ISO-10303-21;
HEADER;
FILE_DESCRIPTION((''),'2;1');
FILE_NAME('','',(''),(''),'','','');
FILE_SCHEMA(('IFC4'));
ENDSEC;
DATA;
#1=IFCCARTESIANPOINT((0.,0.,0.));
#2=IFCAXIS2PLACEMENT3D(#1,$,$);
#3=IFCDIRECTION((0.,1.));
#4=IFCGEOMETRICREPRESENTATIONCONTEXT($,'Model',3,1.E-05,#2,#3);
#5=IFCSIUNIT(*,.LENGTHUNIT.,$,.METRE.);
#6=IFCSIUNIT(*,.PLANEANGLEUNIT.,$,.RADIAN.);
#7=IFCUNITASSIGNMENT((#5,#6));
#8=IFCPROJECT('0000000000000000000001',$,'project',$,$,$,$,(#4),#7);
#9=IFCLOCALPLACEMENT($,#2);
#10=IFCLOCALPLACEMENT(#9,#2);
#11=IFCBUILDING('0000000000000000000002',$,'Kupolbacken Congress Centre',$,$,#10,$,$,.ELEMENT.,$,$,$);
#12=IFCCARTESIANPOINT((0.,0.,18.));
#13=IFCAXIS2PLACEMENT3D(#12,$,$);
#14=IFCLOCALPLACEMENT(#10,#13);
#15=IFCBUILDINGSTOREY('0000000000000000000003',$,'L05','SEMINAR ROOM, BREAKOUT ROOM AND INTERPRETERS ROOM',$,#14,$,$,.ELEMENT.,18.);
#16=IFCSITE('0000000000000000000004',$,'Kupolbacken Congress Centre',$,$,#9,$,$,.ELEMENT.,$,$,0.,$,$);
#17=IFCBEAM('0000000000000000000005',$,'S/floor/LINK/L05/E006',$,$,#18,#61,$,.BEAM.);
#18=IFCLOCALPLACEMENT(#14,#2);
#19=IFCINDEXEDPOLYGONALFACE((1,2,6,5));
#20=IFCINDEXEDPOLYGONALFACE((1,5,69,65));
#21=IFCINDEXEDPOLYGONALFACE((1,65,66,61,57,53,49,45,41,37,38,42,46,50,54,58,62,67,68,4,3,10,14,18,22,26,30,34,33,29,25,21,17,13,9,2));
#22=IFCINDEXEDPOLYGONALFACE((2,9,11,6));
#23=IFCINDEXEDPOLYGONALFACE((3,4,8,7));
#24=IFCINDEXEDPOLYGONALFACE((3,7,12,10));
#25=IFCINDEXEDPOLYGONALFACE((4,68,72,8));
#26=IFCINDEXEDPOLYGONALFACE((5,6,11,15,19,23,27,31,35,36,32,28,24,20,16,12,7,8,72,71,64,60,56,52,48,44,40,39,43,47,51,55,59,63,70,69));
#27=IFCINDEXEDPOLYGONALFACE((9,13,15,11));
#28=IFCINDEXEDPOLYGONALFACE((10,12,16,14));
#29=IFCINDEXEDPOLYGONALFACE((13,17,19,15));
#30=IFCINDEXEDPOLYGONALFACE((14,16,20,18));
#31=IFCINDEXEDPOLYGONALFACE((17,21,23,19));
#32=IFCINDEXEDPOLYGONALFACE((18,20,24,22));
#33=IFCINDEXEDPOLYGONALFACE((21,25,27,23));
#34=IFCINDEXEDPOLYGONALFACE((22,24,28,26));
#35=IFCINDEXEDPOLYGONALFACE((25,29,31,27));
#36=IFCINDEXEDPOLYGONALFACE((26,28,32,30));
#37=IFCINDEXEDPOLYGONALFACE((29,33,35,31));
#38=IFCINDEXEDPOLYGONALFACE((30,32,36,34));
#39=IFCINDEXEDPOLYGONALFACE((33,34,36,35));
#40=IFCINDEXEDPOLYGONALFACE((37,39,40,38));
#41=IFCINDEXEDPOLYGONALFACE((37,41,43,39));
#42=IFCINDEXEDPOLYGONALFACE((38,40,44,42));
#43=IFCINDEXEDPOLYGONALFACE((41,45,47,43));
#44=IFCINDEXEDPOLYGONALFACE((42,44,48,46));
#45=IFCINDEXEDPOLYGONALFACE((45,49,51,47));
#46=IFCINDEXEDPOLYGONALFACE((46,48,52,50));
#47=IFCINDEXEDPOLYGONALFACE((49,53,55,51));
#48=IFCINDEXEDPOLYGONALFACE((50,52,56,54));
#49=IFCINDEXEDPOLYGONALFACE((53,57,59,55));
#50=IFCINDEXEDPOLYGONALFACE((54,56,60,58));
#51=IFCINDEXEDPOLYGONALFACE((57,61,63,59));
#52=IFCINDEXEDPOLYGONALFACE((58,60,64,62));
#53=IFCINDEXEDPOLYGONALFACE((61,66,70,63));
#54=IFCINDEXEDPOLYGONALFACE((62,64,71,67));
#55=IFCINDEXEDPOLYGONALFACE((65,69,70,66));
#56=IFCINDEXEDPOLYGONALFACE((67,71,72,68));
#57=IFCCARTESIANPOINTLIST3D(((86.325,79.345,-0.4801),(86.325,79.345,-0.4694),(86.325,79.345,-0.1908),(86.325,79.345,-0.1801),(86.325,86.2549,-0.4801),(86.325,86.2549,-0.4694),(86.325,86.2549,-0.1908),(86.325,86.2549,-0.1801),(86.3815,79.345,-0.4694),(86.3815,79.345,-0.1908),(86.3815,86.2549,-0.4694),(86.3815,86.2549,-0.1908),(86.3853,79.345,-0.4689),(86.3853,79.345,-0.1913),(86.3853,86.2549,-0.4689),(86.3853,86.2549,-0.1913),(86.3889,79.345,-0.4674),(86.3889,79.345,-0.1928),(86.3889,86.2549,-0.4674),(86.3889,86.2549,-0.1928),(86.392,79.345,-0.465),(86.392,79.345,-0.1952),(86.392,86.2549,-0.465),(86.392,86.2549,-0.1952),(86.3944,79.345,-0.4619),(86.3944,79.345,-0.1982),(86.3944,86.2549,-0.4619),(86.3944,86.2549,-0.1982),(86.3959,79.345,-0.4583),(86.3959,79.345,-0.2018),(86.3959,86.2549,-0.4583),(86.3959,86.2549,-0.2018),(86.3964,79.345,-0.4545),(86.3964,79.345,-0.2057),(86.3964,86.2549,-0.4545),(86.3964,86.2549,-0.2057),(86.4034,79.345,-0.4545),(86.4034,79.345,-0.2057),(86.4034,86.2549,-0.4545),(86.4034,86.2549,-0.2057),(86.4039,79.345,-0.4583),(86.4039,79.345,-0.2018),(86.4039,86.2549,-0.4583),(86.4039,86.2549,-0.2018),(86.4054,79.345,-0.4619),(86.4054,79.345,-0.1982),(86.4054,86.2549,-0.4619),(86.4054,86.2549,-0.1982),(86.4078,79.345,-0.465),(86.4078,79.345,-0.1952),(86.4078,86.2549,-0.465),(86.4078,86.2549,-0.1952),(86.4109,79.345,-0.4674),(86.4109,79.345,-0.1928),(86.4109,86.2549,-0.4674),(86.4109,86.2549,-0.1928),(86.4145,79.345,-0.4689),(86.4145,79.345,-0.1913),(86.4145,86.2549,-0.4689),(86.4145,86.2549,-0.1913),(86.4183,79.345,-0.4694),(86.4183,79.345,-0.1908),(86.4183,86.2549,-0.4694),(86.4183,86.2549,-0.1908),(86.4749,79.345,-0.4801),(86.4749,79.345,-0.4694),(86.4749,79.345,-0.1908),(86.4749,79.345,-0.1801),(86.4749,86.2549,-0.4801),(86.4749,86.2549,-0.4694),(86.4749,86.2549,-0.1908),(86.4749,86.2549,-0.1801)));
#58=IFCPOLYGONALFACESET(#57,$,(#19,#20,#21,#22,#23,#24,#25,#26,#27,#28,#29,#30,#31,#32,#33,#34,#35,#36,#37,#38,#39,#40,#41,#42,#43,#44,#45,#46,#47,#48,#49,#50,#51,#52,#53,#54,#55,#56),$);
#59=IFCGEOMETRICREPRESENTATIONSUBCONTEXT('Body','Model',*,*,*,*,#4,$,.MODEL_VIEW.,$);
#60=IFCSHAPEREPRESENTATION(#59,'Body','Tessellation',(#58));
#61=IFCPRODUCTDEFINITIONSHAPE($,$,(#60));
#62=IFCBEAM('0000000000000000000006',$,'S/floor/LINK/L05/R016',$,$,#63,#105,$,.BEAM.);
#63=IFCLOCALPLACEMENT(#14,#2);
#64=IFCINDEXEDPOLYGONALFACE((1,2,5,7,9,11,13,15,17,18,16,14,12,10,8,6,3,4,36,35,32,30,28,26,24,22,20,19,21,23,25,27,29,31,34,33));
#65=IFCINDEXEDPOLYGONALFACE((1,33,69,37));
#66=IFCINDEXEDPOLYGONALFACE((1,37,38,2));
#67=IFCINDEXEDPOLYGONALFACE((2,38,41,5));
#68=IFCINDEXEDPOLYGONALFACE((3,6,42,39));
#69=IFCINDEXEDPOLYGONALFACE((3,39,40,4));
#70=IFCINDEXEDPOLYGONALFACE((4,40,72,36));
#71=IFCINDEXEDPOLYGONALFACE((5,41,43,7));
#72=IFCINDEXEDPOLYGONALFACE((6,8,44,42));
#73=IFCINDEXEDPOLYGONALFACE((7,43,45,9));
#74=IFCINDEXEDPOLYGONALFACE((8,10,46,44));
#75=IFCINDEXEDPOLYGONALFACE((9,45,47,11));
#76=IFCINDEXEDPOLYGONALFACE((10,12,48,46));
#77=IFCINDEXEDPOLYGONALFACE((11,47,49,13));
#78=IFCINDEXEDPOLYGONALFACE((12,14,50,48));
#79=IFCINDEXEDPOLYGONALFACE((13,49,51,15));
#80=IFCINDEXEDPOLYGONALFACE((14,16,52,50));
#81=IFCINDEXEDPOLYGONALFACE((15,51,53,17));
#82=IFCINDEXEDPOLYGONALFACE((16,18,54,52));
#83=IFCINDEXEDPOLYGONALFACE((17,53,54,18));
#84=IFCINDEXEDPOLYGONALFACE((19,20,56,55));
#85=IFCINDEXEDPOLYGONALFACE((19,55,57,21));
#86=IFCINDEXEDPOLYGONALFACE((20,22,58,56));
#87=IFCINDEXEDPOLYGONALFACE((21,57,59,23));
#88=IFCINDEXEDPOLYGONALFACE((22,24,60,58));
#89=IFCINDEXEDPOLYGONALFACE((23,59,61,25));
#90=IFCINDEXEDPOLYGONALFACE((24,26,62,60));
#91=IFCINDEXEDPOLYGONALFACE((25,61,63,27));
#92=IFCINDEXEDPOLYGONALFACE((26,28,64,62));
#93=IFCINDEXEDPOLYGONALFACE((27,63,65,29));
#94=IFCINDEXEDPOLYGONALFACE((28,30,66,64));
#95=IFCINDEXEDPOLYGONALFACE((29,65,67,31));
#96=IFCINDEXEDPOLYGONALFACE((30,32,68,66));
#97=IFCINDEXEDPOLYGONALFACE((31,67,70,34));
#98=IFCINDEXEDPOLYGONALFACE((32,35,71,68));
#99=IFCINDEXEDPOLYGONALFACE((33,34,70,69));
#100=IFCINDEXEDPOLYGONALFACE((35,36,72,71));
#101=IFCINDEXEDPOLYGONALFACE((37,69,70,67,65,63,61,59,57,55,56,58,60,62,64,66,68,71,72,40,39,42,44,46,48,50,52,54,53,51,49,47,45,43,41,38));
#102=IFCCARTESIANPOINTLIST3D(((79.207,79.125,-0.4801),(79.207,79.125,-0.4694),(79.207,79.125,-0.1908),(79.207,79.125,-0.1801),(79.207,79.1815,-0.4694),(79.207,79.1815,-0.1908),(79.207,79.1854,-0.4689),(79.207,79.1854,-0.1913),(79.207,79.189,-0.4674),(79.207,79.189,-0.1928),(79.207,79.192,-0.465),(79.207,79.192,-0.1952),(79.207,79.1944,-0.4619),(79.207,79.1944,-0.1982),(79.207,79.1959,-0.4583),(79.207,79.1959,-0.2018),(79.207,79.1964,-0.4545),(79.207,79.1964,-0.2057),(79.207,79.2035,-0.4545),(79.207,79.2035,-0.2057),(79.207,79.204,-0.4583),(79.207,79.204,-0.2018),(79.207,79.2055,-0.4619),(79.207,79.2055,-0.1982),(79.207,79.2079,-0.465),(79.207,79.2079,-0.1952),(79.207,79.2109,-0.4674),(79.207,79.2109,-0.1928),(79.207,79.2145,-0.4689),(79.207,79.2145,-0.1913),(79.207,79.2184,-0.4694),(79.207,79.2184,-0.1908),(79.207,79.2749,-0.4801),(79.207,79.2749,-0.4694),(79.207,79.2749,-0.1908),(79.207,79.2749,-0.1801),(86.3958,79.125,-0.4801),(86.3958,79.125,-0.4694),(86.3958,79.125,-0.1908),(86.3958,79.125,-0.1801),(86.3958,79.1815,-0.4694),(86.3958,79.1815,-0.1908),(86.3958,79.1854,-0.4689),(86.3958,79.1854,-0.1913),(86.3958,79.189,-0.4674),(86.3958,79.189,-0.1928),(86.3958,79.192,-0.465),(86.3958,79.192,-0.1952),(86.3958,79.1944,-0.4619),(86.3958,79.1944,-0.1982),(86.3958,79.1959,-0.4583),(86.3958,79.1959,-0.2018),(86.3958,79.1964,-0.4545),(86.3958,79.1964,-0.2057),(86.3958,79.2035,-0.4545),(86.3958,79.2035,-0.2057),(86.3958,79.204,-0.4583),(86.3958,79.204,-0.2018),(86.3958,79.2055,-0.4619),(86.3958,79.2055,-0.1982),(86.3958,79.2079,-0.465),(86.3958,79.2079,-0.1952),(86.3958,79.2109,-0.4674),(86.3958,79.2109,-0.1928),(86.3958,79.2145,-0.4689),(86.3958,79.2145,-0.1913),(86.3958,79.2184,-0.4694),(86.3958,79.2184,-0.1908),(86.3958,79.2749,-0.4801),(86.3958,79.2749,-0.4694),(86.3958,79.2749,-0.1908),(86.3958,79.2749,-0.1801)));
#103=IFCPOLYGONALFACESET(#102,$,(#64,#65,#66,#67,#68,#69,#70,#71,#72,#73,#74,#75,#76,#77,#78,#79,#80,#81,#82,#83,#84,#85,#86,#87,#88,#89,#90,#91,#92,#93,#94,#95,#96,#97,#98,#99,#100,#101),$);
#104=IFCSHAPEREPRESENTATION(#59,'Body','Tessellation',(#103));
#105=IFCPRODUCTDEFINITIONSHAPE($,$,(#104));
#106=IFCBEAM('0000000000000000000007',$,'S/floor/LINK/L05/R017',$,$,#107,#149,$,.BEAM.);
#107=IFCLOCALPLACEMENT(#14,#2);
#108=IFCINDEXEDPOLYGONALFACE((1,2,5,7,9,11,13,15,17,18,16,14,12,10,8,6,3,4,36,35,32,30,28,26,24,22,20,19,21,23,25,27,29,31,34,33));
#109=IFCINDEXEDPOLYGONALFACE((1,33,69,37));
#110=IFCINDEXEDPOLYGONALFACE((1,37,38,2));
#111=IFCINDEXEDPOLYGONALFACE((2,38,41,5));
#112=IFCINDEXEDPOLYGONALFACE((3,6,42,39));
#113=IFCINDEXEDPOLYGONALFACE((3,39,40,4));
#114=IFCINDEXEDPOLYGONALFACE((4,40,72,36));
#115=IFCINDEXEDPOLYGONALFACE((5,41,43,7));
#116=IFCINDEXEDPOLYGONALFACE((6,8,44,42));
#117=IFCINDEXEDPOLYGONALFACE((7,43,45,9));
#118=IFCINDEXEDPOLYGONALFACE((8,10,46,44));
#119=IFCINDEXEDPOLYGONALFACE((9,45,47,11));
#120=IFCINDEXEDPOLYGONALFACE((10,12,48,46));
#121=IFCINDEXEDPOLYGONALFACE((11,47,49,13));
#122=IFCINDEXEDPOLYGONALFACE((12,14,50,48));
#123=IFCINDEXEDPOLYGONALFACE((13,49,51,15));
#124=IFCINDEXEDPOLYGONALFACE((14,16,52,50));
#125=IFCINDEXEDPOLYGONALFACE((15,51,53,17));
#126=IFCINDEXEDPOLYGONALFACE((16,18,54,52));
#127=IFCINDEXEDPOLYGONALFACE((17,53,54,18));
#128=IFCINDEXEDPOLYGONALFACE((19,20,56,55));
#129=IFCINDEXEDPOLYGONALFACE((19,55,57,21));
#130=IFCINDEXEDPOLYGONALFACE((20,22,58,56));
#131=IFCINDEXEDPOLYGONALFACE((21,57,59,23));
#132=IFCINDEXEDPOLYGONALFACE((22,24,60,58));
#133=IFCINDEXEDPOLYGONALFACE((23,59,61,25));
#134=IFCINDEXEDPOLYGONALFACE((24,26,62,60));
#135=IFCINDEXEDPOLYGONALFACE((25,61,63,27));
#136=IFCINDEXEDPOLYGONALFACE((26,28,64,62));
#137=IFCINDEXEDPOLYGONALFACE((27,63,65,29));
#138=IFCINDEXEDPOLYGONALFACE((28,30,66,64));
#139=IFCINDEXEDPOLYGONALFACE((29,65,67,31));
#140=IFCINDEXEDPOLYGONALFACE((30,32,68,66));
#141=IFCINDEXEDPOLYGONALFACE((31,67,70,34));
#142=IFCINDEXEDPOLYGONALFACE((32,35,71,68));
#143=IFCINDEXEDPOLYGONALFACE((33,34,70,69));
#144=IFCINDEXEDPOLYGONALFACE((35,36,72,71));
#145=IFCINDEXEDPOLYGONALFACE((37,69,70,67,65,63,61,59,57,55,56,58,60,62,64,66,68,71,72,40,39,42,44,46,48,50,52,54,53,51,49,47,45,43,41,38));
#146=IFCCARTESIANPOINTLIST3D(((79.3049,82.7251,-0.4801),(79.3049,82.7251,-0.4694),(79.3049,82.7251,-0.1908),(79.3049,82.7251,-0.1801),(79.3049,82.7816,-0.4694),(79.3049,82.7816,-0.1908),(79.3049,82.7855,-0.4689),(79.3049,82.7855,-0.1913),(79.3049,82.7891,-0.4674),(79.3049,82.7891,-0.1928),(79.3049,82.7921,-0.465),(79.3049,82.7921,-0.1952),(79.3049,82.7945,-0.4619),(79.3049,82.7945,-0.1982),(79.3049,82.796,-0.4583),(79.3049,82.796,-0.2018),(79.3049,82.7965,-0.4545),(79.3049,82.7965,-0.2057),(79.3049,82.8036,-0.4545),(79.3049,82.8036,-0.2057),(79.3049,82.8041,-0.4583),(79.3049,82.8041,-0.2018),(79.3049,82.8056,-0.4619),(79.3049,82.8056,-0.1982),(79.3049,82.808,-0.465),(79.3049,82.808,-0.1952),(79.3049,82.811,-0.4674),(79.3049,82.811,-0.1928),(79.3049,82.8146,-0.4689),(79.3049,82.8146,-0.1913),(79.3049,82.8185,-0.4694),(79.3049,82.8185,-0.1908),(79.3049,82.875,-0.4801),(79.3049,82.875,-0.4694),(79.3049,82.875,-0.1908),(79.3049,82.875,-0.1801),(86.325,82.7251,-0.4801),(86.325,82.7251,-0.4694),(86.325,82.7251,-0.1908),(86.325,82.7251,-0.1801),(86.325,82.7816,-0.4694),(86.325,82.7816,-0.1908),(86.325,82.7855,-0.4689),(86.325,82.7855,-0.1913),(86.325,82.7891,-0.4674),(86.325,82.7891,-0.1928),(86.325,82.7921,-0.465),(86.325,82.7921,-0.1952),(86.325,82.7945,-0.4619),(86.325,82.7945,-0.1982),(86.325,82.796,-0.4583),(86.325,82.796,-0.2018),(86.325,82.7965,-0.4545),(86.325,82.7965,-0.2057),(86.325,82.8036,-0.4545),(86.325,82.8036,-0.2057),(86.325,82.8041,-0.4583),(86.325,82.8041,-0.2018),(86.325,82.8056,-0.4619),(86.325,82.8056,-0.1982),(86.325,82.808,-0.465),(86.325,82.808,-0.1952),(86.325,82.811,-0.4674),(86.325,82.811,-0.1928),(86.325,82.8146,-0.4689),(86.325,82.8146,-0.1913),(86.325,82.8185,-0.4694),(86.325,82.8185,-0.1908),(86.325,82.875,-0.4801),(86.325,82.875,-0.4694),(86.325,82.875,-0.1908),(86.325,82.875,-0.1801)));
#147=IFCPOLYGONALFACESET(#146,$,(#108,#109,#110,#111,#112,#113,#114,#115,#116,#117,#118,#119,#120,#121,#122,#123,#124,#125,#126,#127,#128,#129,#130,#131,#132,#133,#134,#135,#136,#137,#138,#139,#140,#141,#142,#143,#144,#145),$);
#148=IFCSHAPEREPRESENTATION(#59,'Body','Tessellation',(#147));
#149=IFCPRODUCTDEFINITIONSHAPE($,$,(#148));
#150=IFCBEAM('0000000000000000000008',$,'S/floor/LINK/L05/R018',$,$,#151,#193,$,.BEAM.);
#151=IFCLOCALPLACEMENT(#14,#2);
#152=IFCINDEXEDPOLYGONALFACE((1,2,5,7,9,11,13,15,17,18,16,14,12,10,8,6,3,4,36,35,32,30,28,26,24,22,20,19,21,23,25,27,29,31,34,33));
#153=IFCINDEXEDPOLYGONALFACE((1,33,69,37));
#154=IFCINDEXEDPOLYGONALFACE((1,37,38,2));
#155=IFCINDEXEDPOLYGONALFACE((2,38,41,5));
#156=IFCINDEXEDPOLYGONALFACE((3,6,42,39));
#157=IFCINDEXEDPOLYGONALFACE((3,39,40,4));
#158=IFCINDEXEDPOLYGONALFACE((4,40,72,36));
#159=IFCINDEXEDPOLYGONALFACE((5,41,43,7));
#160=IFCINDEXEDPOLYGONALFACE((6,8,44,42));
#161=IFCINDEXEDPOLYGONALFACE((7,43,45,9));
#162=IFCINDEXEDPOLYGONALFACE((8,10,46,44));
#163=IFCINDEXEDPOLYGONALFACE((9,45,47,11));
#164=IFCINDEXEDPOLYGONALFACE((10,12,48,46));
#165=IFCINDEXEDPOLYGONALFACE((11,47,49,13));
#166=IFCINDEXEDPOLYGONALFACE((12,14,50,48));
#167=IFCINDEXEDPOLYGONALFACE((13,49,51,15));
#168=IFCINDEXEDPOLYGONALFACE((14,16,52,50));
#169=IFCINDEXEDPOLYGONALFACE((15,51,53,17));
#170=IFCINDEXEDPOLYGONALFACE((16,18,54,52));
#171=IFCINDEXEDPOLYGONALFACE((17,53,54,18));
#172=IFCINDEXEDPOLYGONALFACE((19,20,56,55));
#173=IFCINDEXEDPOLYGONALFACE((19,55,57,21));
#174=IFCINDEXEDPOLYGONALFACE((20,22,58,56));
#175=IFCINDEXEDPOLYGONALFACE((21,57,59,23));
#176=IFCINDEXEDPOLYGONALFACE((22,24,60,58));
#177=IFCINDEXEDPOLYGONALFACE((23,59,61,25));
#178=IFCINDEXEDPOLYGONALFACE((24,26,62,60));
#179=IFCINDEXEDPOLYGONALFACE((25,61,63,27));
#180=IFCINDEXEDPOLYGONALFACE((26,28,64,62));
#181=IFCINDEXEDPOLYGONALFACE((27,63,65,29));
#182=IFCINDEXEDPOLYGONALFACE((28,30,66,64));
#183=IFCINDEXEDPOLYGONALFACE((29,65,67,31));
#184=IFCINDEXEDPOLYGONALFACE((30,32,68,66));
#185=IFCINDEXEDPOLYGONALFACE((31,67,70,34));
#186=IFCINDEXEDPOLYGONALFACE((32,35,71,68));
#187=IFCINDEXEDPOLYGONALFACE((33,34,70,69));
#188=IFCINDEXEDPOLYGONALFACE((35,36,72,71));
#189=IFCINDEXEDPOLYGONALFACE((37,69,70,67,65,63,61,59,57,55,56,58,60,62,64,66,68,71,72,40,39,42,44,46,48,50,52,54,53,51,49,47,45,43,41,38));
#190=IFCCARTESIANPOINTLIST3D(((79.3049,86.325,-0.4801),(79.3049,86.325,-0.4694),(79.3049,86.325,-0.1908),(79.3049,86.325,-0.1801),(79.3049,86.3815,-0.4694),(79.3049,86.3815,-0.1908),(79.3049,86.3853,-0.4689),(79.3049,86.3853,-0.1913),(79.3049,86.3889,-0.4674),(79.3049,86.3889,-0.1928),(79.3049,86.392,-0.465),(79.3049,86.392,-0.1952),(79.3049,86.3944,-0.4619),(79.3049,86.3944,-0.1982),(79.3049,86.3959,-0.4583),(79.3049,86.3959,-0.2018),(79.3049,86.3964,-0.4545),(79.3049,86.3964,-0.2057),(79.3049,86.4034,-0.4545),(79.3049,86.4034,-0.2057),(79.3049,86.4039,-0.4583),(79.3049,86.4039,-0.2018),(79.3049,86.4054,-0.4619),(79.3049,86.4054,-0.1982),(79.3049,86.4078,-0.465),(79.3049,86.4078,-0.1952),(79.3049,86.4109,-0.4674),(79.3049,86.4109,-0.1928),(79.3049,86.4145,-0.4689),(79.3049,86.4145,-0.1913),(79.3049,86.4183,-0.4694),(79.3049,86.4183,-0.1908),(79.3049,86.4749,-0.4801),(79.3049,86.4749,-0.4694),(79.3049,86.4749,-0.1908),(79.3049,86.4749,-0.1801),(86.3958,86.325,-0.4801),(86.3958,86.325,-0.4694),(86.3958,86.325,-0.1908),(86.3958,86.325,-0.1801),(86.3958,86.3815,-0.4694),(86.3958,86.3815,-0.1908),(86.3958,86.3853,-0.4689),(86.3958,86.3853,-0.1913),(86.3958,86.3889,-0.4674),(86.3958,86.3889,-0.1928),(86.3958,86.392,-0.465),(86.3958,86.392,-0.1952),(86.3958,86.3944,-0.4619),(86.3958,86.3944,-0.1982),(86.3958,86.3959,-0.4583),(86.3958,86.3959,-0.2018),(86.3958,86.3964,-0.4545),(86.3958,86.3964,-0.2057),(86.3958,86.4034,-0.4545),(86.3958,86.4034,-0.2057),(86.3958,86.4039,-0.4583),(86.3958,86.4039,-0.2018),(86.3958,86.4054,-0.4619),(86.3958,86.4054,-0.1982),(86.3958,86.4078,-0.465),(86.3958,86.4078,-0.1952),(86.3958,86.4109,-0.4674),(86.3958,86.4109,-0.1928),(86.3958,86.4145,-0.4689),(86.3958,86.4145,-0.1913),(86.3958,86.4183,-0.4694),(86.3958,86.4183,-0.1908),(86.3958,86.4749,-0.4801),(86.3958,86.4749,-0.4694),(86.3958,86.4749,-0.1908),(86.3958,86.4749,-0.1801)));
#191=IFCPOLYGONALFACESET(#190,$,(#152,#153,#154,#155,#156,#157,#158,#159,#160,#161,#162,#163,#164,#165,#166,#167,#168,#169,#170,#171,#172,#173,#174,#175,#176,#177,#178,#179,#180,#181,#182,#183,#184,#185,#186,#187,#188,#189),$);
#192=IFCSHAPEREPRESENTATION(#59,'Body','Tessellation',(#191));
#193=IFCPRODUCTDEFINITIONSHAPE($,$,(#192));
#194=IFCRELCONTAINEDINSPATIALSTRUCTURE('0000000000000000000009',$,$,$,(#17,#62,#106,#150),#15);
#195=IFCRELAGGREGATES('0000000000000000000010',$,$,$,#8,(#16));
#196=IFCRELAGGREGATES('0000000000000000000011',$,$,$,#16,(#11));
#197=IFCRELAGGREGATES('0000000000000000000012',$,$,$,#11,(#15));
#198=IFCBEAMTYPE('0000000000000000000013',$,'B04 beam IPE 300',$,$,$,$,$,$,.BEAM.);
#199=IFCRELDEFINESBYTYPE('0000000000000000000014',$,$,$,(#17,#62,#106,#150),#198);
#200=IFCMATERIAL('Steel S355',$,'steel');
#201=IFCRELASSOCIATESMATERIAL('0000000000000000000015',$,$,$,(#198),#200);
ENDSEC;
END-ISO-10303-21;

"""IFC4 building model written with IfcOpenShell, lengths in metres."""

from ifc_helpers import new_model, si_unit, direction, frame, origin, origin_2d, place, context, subcontext, project, spatial, i_section, extrude, material, material_profile, profile_set, type_object, element, save


model = new_model("IFC4")

# Units and contexts
model_context = context("Model", 3, precision=1e-05, world=origin(), true_north=direction((0.0, 1.0)))
body_context = subcontext(model_context, "Body", "Model", "MODEL_VIEW")
ifc_project = project(units=[si_unit("LENGTHUNIT", "METRE"), si_unit("PLANEANGLEUNIT", "RADIAN")], contexts=[model_context])

# Site, building, storey
site_placement = place(None, origin())
site = spatial("IfcSite", under=ifc_project, at=site_placement, Name="Kupolbacken Congress Centre", CompositionType="ELEMENT", RefElevation=0.0)
building_placement = place(site_placement, origin())
building = spatial("IfcBuilding", under=site, at=building_placement, Name="Kupolbacken Congress Centre", CompositionType="ELEMENT")
storey_placement = place(building_placement, frame((0.0, 0.0, 18.0)))
storey = spatial("IfcBuildingStorey", under=building, at=storey_placement, Name="L05", Description="SEMINAR ROOM, BREAKOUT ROOM AND INTERPRETERS ROOM", CompositionType="ELEMENT", Elevation=18.0)

# Beams
ifc_material_1 = material(Name="Steel S355", Category="steel")
ifc_material_profile_1 = material_profile(ifc_material_1, i_section(OverallWidth=0.1499, OverallDepth=0.3, WebThickness=0.0071, FlangeThickness=0.0107, FilletRadius=0.0149, at=origin_2d()), Name="IPE 300")
ifc_profile_set_1 = profile_set([ifc_material_profile_1], Name="Steel S355")
beam_type_1 = type_object("IfcBeamType", Name="B04 beam IPE 300", PredefinedType="BEAM", material=ifc_profile_set_1)
beam_1_placement = place(storey_placement, frame((86.3999, 79.345, -0.3301), z_axis=(0.0, 1.0, 0.0), x_axis=(-1.0, 0.0, 0.0)))
element("IfcBeam", 1, at=beam_1_placement, inside=storey, type_object=beam_type_1, Name="S/floor/LINK/L05/E006", PredefinedType="BEAM", context=body_context, shape_type="SweptSolid", body=[
    extrude(i_section(OverallWidth=0.1499, OverallDepth=0.3, WebThickness=0.0071, FlangeThickness=0.0107, FilletRadius=0.0149, at=origin_2d()), origin(), (0.0, 0.0, 1.0), 6.9099),
])
beam_2_placement = place(storey_placement, frame((79.207, 79.2, -0.3301), z_axis=(1.0, 0.0, 0.0), x_axis=(0.0, 1.0, 0.0)))
element("IfcBeam", 2, at=beam_2_placement, inside=storey, type_object=beam_type_1, Name="S/floor/LINK/L05/R016", PredefinedType="BEAM", context=body_context, shape_type="SweptSolid", body=[
    extrude(i_section(OverallWidth=0.1499, OverallDepth=0.3, WebThickness=0.0071, FlangeThickness=0.0107, FilletRadius=0.0149, at=origin_2d()), origin(), (0.0, 0.0, 1.0), 7.1887),
])
beam_3_placement = place(storey_placement, frame((79.3049, 82.8, -0.3301), z_axis=(1.0, 0.0, 0.0), x_axis=(0.0, 1.0, 0.0)))
element("IfcBeam", 3, at=beam_3_placement, inside=storey, type_object=beam_type_1, Name="S/floor/LINK/L05/R017", PredefinedType="BEAM", context=body_context, shape_type="SweptSolid", body=[
    extrude(i_section(OverallWidth=0.1499, OverallDepth=0.3, WebThickness=0.0071, FlangeThickness=0.0107, FilletRadius=0.0149, at=origin_2d()), origin(), (0.0, 0.0, 1.0), 7.02),
])
beam_4_placement = place(storey_placement, frame((79.3049, 86.3999, -0.3301), z_axis=(1.0, 0.0, 0.0), x_axis=(0.0, 1.0, 0.0)))
element("IfcBeam", 4, at=beam_4_placement, inside=storey, type_object=beam_type_1, Name="S/floor/LINK/L05/R018", PredefinedType="BEAM", context=body_context, shape_type="SweptSolid", body=[
    extrude(i_section(OverallWidth=0.1499, OverallDepth=0.3, WebThickness=0.0071, FlangeThickness=0.0107, FilletRadius=0.0149, at=origin_2d()), origin(), (0.0, 0.0, 1.0), 7.0908),
])

save(model, "model.ifc")
